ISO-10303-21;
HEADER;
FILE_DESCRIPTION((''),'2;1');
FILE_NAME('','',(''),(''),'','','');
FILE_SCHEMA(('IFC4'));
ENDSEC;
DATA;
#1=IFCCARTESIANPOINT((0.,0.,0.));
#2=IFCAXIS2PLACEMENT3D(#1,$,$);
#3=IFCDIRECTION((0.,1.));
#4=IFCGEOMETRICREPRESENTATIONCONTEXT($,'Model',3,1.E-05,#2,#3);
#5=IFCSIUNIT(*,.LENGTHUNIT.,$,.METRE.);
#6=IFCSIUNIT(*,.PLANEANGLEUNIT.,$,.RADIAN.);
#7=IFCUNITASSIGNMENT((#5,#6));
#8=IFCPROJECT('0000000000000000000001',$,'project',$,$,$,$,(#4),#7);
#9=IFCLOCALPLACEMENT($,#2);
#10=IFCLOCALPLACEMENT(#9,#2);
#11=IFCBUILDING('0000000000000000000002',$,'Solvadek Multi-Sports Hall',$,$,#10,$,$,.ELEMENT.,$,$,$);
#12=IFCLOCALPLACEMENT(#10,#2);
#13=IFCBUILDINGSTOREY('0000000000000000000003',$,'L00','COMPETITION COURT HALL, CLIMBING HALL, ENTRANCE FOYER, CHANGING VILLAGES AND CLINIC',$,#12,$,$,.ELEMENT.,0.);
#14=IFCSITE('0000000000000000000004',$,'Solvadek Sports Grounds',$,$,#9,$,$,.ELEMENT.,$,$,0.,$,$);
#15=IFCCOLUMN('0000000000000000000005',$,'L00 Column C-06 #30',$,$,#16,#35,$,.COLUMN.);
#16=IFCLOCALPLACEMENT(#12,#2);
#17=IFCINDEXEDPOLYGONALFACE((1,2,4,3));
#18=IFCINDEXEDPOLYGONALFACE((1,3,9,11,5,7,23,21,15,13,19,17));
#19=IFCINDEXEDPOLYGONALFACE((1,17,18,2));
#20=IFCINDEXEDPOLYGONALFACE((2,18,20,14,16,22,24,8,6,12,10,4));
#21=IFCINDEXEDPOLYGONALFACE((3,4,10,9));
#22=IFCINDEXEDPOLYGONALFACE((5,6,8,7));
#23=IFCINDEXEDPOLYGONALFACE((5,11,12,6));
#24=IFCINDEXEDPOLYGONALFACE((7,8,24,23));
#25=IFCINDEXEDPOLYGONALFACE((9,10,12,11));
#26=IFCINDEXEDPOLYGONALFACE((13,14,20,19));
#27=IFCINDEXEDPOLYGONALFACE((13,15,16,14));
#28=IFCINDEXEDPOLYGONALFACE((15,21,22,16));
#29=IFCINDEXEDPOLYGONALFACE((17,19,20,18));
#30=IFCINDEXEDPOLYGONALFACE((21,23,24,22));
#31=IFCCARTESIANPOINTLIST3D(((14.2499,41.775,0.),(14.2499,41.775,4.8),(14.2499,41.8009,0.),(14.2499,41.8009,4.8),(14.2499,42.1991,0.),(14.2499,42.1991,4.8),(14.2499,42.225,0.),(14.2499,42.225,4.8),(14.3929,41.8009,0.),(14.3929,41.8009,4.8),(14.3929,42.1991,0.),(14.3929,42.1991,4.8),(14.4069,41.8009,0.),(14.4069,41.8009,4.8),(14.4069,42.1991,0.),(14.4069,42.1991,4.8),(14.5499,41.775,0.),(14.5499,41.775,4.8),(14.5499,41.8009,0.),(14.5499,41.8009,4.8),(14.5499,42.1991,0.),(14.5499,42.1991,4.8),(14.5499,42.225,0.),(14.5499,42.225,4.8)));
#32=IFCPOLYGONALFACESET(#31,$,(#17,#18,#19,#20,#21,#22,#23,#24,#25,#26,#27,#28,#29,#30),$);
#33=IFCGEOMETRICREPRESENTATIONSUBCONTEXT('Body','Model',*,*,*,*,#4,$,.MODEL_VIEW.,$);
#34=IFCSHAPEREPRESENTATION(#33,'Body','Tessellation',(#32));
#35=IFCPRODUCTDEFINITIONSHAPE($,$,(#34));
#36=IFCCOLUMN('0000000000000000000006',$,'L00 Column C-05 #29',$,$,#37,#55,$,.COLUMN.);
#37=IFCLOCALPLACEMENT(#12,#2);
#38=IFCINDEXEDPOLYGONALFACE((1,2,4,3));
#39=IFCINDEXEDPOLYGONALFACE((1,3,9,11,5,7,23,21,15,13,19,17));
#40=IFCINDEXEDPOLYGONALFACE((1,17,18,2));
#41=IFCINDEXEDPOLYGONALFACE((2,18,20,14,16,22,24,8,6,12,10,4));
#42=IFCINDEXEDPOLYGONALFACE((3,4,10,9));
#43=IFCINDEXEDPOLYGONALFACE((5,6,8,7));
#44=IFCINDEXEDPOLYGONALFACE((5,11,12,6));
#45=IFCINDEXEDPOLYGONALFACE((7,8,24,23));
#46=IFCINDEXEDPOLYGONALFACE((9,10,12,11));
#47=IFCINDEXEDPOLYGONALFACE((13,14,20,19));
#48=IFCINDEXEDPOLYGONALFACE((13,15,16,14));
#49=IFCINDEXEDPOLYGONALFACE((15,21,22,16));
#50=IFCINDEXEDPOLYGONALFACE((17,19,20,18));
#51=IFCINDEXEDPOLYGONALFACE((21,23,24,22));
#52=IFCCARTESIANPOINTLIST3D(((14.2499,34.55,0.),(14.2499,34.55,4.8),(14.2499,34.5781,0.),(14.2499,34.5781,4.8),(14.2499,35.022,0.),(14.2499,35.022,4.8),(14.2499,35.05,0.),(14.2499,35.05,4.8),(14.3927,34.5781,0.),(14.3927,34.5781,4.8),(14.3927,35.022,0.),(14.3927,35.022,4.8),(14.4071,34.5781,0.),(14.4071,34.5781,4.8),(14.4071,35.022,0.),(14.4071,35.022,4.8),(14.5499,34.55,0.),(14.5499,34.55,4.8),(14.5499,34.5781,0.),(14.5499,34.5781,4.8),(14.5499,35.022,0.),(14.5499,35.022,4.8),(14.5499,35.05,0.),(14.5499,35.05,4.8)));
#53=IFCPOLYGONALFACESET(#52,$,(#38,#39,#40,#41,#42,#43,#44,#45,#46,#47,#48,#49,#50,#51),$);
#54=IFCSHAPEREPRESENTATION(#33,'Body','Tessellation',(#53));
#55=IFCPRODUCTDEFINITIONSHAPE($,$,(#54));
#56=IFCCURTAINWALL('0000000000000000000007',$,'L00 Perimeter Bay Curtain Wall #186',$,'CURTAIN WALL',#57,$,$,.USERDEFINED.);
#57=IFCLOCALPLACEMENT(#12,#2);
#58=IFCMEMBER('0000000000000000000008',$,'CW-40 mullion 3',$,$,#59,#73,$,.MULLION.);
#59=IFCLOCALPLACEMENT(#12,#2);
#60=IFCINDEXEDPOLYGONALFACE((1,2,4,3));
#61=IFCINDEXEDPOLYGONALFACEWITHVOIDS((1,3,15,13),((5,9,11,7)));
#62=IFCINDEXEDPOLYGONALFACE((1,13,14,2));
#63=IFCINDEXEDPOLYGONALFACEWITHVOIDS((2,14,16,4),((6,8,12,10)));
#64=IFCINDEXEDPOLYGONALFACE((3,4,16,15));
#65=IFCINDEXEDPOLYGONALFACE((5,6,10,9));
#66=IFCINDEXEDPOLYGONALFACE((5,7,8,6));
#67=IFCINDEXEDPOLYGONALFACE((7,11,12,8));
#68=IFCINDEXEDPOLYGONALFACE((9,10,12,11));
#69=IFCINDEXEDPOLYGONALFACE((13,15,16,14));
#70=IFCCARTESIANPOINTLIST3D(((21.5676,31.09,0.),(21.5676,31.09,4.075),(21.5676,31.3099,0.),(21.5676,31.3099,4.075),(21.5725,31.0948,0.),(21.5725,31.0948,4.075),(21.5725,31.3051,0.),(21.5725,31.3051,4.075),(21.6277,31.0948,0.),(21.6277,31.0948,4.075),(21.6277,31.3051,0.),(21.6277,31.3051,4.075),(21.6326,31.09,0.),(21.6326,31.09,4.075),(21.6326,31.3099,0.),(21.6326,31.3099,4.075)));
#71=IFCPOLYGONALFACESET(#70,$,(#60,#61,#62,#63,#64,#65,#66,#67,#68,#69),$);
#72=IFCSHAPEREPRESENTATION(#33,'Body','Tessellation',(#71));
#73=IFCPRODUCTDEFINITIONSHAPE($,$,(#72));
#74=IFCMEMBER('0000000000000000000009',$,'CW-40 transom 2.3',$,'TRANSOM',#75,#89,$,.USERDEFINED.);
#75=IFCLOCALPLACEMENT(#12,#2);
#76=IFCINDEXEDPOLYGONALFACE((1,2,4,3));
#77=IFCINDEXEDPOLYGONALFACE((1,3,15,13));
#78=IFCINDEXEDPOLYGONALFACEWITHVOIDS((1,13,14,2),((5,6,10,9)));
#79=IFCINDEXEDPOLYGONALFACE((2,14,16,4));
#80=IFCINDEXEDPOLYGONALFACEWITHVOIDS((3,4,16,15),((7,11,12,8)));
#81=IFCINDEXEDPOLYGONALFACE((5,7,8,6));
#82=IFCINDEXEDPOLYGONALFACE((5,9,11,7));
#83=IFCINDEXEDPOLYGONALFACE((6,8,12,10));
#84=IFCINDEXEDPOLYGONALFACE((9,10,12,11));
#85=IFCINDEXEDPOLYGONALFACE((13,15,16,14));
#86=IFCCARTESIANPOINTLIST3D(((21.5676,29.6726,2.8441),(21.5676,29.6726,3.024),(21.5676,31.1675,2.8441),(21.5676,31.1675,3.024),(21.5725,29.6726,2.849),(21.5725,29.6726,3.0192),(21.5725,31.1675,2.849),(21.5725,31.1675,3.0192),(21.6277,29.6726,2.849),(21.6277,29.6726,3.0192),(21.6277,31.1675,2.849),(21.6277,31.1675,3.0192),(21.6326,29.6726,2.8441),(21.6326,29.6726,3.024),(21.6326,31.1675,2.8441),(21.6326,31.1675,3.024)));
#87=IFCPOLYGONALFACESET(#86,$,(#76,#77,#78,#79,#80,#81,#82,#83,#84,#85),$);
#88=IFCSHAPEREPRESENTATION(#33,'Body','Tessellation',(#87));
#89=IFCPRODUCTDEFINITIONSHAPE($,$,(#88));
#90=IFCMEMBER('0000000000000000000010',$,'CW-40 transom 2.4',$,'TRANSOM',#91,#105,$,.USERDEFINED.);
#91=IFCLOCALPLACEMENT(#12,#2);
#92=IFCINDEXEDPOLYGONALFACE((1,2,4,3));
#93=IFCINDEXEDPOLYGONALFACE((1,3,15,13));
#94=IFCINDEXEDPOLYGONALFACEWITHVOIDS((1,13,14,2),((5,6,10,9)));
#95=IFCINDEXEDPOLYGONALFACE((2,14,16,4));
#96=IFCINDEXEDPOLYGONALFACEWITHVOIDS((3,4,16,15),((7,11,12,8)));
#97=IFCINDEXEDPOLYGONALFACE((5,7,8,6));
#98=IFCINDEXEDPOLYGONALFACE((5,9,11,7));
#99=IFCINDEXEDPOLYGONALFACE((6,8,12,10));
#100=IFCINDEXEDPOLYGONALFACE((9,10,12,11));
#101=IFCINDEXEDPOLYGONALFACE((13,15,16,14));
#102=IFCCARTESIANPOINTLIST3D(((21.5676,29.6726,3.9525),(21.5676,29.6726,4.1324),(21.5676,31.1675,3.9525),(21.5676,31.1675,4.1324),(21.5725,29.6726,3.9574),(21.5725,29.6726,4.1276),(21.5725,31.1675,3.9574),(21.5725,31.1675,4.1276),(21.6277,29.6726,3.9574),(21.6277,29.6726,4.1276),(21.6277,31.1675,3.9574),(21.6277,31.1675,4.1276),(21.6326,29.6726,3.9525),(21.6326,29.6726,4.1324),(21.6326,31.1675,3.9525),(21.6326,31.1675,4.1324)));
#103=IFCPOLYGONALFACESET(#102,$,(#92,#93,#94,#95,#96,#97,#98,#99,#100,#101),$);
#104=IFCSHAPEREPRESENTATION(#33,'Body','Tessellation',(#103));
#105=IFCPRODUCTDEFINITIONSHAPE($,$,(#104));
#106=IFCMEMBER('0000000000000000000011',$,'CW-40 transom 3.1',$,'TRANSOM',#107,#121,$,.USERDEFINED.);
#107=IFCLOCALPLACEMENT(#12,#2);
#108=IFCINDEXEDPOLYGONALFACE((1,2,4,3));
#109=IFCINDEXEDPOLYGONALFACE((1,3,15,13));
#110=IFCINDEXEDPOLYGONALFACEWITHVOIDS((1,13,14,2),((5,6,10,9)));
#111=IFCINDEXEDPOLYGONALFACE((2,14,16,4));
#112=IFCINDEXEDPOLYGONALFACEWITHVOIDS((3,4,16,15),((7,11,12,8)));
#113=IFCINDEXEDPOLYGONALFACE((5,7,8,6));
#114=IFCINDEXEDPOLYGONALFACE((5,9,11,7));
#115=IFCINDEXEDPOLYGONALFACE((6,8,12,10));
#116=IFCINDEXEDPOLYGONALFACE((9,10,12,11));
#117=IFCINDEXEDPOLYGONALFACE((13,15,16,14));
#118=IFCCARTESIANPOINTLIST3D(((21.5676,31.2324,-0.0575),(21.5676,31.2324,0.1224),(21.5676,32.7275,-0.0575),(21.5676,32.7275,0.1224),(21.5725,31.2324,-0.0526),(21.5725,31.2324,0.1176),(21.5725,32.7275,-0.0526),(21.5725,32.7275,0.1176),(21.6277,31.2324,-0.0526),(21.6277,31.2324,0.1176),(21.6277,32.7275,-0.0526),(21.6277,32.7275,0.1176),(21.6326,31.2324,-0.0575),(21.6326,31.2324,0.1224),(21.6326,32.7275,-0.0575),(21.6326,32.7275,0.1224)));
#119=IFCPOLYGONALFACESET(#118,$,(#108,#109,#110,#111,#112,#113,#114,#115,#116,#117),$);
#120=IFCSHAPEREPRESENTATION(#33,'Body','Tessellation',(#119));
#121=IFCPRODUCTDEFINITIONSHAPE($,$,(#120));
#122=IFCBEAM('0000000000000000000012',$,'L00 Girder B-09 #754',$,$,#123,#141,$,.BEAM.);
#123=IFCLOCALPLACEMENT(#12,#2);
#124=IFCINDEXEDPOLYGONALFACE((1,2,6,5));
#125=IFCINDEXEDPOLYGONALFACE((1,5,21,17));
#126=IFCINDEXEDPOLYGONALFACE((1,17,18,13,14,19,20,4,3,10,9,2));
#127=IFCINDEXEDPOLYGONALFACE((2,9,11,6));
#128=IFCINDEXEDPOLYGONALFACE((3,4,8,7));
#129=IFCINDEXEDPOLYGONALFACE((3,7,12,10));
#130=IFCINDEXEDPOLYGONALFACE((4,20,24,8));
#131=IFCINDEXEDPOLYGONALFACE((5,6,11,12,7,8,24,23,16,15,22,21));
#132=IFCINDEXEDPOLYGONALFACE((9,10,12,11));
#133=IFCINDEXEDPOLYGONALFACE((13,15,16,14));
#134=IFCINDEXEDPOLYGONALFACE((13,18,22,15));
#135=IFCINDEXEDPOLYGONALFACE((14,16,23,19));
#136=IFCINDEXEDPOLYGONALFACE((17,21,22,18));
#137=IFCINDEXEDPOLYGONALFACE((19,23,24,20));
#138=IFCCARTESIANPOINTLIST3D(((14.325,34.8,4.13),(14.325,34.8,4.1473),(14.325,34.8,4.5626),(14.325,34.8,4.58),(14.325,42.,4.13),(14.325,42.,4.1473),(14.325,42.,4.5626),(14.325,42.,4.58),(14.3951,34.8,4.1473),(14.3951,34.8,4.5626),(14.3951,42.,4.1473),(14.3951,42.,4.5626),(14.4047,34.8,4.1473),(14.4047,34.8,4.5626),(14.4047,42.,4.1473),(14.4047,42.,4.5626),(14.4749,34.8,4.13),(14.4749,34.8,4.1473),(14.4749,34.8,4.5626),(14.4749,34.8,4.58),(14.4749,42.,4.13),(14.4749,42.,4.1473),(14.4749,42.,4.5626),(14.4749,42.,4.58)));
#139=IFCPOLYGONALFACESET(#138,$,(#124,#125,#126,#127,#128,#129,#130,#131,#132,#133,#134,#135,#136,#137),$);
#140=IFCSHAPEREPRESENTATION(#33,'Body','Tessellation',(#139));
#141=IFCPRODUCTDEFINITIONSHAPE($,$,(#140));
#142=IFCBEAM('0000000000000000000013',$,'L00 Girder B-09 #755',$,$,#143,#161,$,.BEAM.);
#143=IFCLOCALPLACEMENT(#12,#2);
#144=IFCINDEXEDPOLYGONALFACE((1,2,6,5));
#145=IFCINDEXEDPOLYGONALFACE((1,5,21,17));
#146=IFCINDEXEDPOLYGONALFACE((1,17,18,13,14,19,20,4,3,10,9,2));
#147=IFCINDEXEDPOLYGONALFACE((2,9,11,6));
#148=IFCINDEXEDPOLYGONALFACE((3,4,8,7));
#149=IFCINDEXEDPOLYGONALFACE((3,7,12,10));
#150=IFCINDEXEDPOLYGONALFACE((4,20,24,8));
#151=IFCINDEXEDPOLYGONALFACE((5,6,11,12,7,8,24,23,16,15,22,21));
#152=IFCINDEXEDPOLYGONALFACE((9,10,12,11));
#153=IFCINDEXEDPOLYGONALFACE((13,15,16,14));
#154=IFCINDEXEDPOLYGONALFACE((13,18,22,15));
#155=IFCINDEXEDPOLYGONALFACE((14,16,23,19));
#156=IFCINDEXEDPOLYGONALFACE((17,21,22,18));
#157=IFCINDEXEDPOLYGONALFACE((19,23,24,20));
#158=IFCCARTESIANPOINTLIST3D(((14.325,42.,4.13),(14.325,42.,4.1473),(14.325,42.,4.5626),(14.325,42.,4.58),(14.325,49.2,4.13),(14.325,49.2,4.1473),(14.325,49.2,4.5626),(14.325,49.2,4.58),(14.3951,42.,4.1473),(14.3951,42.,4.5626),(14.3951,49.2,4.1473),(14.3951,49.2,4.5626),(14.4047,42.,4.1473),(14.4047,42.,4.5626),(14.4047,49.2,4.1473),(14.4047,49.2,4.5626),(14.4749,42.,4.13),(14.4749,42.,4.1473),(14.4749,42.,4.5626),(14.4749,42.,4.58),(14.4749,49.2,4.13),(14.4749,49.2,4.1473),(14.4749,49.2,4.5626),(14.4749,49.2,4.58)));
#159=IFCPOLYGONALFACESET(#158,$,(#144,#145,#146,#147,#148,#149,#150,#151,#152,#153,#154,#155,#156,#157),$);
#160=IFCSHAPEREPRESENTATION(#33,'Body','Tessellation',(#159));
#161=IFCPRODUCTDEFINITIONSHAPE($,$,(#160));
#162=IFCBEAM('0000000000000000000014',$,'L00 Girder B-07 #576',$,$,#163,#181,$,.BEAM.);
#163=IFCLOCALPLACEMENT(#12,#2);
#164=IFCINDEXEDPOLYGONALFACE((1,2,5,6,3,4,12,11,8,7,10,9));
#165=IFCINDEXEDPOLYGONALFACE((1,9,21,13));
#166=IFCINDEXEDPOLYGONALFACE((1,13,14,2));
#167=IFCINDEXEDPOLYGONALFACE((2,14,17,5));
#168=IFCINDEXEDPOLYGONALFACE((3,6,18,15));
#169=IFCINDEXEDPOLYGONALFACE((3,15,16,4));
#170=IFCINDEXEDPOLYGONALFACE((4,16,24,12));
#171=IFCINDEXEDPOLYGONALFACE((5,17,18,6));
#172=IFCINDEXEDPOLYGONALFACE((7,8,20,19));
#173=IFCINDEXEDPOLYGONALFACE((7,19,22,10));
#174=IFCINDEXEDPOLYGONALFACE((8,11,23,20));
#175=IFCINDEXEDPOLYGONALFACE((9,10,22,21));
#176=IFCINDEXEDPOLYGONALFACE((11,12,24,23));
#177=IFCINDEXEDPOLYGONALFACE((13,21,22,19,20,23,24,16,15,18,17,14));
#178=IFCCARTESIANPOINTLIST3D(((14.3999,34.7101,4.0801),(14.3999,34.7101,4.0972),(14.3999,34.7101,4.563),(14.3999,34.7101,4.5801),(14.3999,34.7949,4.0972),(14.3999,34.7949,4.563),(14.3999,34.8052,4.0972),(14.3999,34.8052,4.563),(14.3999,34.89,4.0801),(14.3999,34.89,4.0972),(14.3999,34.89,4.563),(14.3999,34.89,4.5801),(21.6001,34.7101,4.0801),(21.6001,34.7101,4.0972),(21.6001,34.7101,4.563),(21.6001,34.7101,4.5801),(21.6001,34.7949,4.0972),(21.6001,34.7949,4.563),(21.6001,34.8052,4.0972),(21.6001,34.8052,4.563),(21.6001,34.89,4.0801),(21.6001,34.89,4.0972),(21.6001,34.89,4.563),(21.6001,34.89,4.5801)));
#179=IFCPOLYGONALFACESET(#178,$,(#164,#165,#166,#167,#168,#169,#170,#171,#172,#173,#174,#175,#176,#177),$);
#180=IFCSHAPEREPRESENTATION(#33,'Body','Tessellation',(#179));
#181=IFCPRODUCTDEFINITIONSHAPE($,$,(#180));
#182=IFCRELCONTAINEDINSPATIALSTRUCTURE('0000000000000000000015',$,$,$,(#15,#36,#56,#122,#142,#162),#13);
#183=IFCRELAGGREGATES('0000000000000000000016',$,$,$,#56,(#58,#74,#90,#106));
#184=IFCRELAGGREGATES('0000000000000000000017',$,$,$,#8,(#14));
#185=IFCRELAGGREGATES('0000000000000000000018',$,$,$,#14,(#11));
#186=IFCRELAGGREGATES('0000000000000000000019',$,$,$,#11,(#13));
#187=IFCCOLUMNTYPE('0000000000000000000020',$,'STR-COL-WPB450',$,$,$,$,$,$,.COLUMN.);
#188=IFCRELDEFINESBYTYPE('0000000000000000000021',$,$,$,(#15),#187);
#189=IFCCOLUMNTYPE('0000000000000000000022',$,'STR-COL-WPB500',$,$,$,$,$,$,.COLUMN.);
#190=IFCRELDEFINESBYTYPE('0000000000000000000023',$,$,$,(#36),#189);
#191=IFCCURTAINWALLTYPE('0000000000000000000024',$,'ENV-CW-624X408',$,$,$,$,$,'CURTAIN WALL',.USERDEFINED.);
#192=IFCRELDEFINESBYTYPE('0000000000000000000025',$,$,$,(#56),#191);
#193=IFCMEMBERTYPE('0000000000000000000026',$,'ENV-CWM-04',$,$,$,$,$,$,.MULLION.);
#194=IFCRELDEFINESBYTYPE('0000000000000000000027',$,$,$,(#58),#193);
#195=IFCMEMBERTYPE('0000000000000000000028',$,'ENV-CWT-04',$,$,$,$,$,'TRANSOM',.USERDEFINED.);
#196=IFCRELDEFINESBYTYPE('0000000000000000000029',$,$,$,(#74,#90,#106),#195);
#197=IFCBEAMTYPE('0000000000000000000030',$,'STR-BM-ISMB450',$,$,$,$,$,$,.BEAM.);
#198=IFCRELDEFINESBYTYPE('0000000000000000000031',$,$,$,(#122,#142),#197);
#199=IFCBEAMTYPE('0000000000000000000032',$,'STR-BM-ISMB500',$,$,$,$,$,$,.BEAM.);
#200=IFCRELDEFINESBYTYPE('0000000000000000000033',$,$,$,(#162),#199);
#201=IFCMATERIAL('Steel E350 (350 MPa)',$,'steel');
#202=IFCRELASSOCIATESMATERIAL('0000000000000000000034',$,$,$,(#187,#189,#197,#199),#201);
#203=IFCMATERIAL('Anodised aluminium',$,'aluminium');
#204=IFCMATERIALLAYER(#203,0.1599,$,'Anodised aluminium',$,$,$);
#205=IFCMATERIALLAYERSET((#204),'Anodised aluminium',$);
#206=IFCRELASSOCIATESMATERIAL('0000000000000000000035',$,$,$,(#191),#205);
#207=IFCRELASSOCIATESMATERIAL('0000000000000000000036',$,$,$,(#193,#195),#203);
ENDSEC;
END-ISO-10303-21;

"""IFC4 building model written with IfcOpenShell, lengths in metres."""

from ifc_helpers import new_model, si_unit, direction, frame, origin, origin_2d, place, context, subcontext, project, spatial, hollow_rectangle, i_section, extrude, material, layer, layer_set, material_profile, profile_set, type_object, element, aggregate, save


model = new_model("IFC4")

# Units and contexts
model_context = context("Model", 3, precision=1e-05, world=origin(), true_north=direction((0.0, 1.0)))
body_context = subcontext(model_context, "Body", "Model", "MODEL_VIEW")
ifc_project = project(units=[si_unit("LENGTHUNIT", "METRE"), si_unit("PLANEANGLEUNIT", "RADIAN")], contexts=[model_context])

# Site, building, storey
site_placement = place(None, origin())
site = spatial("IfcSite", under=ifc_project, at=site_placement, Name="Solvadek Sports Grounds", CompositionType="ELEMENT", RefElevation=0.0)
building_placement = place(site_placement, origin())
building = spatial("IfcBuilding", under=site, at=building_placement, Name="Solvadek Multi-Sports Hall", CompositionType="ELEMENT")
storey_placement = place(building_placement, origin())
storey = spatial("IfcBuildingStorey", under=building, at=storey_placement, Name="L00", Description="COMPETITION COURT HALL, CLIMBING HALL, ENTRANCE FOYER, CHANGING VILLAGES AND CLINIC", CompositionType="ELEMENT", Elevation=0.0)

# Columns
ifc_material_1 = material(Name="Steel E350 (350 MPa)", Category="steel")
ifc_material_profile_1 = material_profile(ifc_material_1, i_section(OverallWidth=0.3, OverallDepth=0.45, WebThickness=0.0139, FlangeThickness=0.0259, at=origin_2d()), Name="WPB 450")
ifc_profile_set_1 = profile_set([ifc_material_profile_1], Name="Steel E350 (350 MPa)")
column_type_1 = type_object("IfcColumnType", Name="STR-COL-WPB450", PredefinedType="COLUMN", material=ifc_profile_set_1)
column_1_placement = place(storey_placement, frame((14.3999, 42.0, 0.0), z_axis=(0.0, 0.0, 1.0), x_axis=(1.0, 0.0, 0.0)))
element("IfcColumn", 1, at=column_1_placement, inside=storey, type_object=column_type_1, Name="L00 Column C-06 #30", PredefinedType="COLUMN", context=body_context, shape_type="SweptSolid", body=[
    extrude(i_section(OverallWidth=0.3, OverallDepth=0.45, WebThickness=0.0139, FlangeThickness=0.0259, at=origin_2d()), origin(), (0.0, 0.0, 1.0), 4.8),
])
ifc_material_profile_2 = material_profile(ifc_material_1, i_section(OverallWidth=0.3, OverallDepth=0.5, WebThickness=0.0144, FlangeThickness=0.0281, at=origin_2d()), Name="WPB 500")
ifc_profile_set_2 = profile_set([ifc_material_profile_2], Name="Steel E350 (350 MPa)")
column_type_2 = type_object("IfcColumnType", Name="STR-COL-WPB500", PredefinedType="COLUMN", material=ifc_profile_set_2)
column_2_placement = place(storey_placement, frame((14.3999, 34.8, 0.0), z_axis=(0.0, 0.0, 1.0), x_axis=(1.0, 0.0, 0.0)))
element("IfcColumn", 2, at=column_2_placement, inside=storey, type_object=column_type_2, Name="L00 Column C-05 #29", PredefinedType="COLUMN", context=body_context, shape_type="SweptSolid", body=[
    extrude(i_section(OverallWidth=0.3, OverallDepth=0.5, WebThickness=0.0144, FlangeThickness=0.0281, at=origin_2d()), origin(), (0.0, 0.0, 1.0), 4.8),
])

# Curtain wall, members
ifc_material_2 = material(Name="Anodised aluminium", Category="aluminium")
ifc_layer_1 = layer(ifc_material_2, 0.1599, Name="Anodised aluminium")
ifc_layer_set_1 = layer_set([ifc_layer_1], Name="Anodised aluminium")
curtain_wall_type = type_object("IfcCurtainWallType", Name="ENV-CW-624X408", ElementType="CURTAIN WALL", PredefinedType="USERDEFINED", material=ifc_layer_set_1)
curtain_wall_placement = place(storey_placement, origin())
curtain_wall = element("IfcCurtainWall", 3, at=curtain_wall_placement, inside=storey, type_object=curtain_wall_type, Name="L00 Perimeter Bay Curtain Wall #186", ObjectType="CURTAIN WALL", PredefinedType="USERDEFINED")
ifc_material_profile_3 = material_profile(ifc_material_2, hollow_rectangle(XDim=0.0649, YDim=0.22, WallThickness=0.0049, at=origin_2d()), Name="ALU-M 220x65x5")
ifc_profile_set_3 = profile_set([ifc_material_profile_3], Name="Anodised aluminium")
member_type_1 = type_object("IfcMemberType", Name="ENV-CWM-04", PredefinedType="MULLION", material=ifc_profile_set_3)
member_1_placement = place(storey_placement, frame((21.6001, 31.2, 0.0), z_axis=(0.0, 0.0, 1.0), x_axis=(-1.0, 0.0, 0.0)))
member_1 = element("IfcMember", 4, at=member_1_placement, type_object=member_type_1, Name="CW-40 mullion 3", PredefinedType="MULLION", context=body_context, shape_type="SweptSolid", body=[
    extrude(hollow_rectangle(XDim=0.0649, YDim=0.22, WallThickness=0.0049, at=origin_2d()), origin(), (0.0, 0.0, 1.0), 4.075),
])
ifc_material_profile_4 = material_profile(ifc_material_2, hollow_rectangle(XDim=0.0649, YDim=0.1799, WallThickness=0.0049, at=origin_2d()), Name="ALU-T 180x65x5")
ifc_profile_set_4 = profile_set([ifc_material_profile_4], Name="Anodised aluminium")
member_type_2 = type_object("IfcMemberType", Name="ENV-CWT-04", ElementType="TRANSOM", PredefinedType="USERDEFINED", material=ifc_profile_set_4)
member_2_placement = place(storey_placement, frame((21.6001, 29.6726, 2.9341), z_axis=(0.0, 1.0, 0.0), x_axis=(-1.0, 0.0, 0.0)))
member_2 = element("IfcMember", 5, at=member_2_placement, type_object=member_type_2, Name="CW-40 transom 2.3", ObjectType="TRANSOM", PredefinedType="USERDEFINED", context=body_context, shape_type="SweptSolid", body=[
    extrude(hollow_rectangle(XDim=0.0649, YDim=0.1799, WallThickness=0.0049, at=origin_2d()), origin(), (0.0, 0.0, 1.0), 1.4949),
])
member_3_placement = place(storey_placement, frame((21.6001, 29.6726, 4.0425), z_axis=(0.0, 1.0, 0.0), x_axis=(-1.0, 0.0, 0.0)))
member_3 = element("IfcMember", 6, at=member_3_placement, type_object=member_type_2, Name="CW-40 transom 2.4", ObjectType="TRANSOM", PredefinedType="USERDEFINED", context=body_context, shape_type="SweptSolid", body=[
    extrude(hollow_rectangle(XDim=0.0649, YDim=0.1799, WallThickness=0.0049, at=origin_2d()), origin(), (0.0, 0.0, 1.0), 1.4949),
])
member_4_placement = place(storey_placement, frame((21.6001, 31.2324, 0.0325), z_axis=(0.0, 1.0, 0.0), x_axis=(-1.0, 0.0, 0.0)))
member_4 = element("IfcMember", 7, at=member_4_placement, type_object=member_type_2, Name="CW-40 transom 3.1", ObjectType="TRANSOM", PredefinedType="USERDEFINED", context=body_context, shape_type="SweptSolid", body=[
    extrude(hollow_rectangle(XDim=0.0649, YDim=0.1799, WallThickness=0.0049, at=origin_2d()), origin(), (0.0, 0.0, 1.0), 1.4951),
])

# Beams
ifc_material_profile_5 = material_profile(ifc_material_1, i_section(OverallWidth=0.1499, OverallDepth=0.45, WebThickness=0.0095, FlangeThickness=0.0173, at=origin_2d()), Name="ISMB 450")
ifc_profile_set_5 = profile_set([ifc_material_profile_5], Name="Steel E350 (350 MPa)")
beam_type_1 = type_object("IfcBeamType", Name="STR-BM-ISMB450", PredefinedType="BEAM", material=ifc_profile_set_5)
for number, where, z_axis, x_axis, name in (
    (8, (14.3999, 34.8, 4.355), (0.0, 1.0, 0.0), (-1.0, 0.0, 0.0), "L00 Girder B-09 #754"),
    (9, (14.3999, 42.0, 4.355), (0.0, 1.0, 0.0), (-1.0, 0.0, 0.0), "L00 Girder B-09 #755"),
):
    element("IfcBeam", number, at=place(storey_placement, frame(where, z_axis=z_axis, x_axis=x_axis)), inside=storey, type_object=beam_type_1, Name=name, PredefinedType="BEAM", context=body_context, shape_type="SweptSolid", body=[
        extrude(i_section(OverallWidth=0.1499, OverallDepth=0.45, WebThickness=0.0095, FlangeThickness=0.0173, at=origin_2d()), origin(), (0.0, 0.0, 1.0), 7.2),
    ])
ifc_material_profile_6 = material_profile(ifc_material_1, i_section(OverallWidth=0.1799, OverallDepth=0.5, WebThickness=0.0103, FlangeThickness=0.0171, at=origin_2d()), Name="ISMB 500")
ifc_profile_set_6 = profile_set([ifc_material_profile_6], Name="Steel E350 (350 MPa)")
beam_type_2 = type_object("IfcBeamType", Name="STR-BM-ISMB500", PredefinedType="BEAM", material=ifc_profile_set_6)
for number, where, z_axis, x_axis, name in (
    (10, (14.3999, 34.8, 4.3301), (1.0, 0.0, 0.0), (0.0, 1.0, 0.0), "L00 Girder B-07 #576"),
):
    element("IfcBeam", number, at=place(storey_placement, frame(where, z_axis=z_axis, x_axis=x_axis)), inside=storey, type_object=beam_type_2, Name=name, PredefinedType="BEAM", context=body_context, shape_type="SweptSolid", body=[
        extrude(i_section(OverallWidth=0.1799, OverallDepth=0.5, WebThickness=0.0103, FlangeThickness=0.0171, at=origin_2d()), origin(), (0.0, 0.0, 1.0), 7.2002),
    ])

aggregate(curtain_wall, [member_1, member_2, member_3, member_4])

save(model, "model.ifc")
